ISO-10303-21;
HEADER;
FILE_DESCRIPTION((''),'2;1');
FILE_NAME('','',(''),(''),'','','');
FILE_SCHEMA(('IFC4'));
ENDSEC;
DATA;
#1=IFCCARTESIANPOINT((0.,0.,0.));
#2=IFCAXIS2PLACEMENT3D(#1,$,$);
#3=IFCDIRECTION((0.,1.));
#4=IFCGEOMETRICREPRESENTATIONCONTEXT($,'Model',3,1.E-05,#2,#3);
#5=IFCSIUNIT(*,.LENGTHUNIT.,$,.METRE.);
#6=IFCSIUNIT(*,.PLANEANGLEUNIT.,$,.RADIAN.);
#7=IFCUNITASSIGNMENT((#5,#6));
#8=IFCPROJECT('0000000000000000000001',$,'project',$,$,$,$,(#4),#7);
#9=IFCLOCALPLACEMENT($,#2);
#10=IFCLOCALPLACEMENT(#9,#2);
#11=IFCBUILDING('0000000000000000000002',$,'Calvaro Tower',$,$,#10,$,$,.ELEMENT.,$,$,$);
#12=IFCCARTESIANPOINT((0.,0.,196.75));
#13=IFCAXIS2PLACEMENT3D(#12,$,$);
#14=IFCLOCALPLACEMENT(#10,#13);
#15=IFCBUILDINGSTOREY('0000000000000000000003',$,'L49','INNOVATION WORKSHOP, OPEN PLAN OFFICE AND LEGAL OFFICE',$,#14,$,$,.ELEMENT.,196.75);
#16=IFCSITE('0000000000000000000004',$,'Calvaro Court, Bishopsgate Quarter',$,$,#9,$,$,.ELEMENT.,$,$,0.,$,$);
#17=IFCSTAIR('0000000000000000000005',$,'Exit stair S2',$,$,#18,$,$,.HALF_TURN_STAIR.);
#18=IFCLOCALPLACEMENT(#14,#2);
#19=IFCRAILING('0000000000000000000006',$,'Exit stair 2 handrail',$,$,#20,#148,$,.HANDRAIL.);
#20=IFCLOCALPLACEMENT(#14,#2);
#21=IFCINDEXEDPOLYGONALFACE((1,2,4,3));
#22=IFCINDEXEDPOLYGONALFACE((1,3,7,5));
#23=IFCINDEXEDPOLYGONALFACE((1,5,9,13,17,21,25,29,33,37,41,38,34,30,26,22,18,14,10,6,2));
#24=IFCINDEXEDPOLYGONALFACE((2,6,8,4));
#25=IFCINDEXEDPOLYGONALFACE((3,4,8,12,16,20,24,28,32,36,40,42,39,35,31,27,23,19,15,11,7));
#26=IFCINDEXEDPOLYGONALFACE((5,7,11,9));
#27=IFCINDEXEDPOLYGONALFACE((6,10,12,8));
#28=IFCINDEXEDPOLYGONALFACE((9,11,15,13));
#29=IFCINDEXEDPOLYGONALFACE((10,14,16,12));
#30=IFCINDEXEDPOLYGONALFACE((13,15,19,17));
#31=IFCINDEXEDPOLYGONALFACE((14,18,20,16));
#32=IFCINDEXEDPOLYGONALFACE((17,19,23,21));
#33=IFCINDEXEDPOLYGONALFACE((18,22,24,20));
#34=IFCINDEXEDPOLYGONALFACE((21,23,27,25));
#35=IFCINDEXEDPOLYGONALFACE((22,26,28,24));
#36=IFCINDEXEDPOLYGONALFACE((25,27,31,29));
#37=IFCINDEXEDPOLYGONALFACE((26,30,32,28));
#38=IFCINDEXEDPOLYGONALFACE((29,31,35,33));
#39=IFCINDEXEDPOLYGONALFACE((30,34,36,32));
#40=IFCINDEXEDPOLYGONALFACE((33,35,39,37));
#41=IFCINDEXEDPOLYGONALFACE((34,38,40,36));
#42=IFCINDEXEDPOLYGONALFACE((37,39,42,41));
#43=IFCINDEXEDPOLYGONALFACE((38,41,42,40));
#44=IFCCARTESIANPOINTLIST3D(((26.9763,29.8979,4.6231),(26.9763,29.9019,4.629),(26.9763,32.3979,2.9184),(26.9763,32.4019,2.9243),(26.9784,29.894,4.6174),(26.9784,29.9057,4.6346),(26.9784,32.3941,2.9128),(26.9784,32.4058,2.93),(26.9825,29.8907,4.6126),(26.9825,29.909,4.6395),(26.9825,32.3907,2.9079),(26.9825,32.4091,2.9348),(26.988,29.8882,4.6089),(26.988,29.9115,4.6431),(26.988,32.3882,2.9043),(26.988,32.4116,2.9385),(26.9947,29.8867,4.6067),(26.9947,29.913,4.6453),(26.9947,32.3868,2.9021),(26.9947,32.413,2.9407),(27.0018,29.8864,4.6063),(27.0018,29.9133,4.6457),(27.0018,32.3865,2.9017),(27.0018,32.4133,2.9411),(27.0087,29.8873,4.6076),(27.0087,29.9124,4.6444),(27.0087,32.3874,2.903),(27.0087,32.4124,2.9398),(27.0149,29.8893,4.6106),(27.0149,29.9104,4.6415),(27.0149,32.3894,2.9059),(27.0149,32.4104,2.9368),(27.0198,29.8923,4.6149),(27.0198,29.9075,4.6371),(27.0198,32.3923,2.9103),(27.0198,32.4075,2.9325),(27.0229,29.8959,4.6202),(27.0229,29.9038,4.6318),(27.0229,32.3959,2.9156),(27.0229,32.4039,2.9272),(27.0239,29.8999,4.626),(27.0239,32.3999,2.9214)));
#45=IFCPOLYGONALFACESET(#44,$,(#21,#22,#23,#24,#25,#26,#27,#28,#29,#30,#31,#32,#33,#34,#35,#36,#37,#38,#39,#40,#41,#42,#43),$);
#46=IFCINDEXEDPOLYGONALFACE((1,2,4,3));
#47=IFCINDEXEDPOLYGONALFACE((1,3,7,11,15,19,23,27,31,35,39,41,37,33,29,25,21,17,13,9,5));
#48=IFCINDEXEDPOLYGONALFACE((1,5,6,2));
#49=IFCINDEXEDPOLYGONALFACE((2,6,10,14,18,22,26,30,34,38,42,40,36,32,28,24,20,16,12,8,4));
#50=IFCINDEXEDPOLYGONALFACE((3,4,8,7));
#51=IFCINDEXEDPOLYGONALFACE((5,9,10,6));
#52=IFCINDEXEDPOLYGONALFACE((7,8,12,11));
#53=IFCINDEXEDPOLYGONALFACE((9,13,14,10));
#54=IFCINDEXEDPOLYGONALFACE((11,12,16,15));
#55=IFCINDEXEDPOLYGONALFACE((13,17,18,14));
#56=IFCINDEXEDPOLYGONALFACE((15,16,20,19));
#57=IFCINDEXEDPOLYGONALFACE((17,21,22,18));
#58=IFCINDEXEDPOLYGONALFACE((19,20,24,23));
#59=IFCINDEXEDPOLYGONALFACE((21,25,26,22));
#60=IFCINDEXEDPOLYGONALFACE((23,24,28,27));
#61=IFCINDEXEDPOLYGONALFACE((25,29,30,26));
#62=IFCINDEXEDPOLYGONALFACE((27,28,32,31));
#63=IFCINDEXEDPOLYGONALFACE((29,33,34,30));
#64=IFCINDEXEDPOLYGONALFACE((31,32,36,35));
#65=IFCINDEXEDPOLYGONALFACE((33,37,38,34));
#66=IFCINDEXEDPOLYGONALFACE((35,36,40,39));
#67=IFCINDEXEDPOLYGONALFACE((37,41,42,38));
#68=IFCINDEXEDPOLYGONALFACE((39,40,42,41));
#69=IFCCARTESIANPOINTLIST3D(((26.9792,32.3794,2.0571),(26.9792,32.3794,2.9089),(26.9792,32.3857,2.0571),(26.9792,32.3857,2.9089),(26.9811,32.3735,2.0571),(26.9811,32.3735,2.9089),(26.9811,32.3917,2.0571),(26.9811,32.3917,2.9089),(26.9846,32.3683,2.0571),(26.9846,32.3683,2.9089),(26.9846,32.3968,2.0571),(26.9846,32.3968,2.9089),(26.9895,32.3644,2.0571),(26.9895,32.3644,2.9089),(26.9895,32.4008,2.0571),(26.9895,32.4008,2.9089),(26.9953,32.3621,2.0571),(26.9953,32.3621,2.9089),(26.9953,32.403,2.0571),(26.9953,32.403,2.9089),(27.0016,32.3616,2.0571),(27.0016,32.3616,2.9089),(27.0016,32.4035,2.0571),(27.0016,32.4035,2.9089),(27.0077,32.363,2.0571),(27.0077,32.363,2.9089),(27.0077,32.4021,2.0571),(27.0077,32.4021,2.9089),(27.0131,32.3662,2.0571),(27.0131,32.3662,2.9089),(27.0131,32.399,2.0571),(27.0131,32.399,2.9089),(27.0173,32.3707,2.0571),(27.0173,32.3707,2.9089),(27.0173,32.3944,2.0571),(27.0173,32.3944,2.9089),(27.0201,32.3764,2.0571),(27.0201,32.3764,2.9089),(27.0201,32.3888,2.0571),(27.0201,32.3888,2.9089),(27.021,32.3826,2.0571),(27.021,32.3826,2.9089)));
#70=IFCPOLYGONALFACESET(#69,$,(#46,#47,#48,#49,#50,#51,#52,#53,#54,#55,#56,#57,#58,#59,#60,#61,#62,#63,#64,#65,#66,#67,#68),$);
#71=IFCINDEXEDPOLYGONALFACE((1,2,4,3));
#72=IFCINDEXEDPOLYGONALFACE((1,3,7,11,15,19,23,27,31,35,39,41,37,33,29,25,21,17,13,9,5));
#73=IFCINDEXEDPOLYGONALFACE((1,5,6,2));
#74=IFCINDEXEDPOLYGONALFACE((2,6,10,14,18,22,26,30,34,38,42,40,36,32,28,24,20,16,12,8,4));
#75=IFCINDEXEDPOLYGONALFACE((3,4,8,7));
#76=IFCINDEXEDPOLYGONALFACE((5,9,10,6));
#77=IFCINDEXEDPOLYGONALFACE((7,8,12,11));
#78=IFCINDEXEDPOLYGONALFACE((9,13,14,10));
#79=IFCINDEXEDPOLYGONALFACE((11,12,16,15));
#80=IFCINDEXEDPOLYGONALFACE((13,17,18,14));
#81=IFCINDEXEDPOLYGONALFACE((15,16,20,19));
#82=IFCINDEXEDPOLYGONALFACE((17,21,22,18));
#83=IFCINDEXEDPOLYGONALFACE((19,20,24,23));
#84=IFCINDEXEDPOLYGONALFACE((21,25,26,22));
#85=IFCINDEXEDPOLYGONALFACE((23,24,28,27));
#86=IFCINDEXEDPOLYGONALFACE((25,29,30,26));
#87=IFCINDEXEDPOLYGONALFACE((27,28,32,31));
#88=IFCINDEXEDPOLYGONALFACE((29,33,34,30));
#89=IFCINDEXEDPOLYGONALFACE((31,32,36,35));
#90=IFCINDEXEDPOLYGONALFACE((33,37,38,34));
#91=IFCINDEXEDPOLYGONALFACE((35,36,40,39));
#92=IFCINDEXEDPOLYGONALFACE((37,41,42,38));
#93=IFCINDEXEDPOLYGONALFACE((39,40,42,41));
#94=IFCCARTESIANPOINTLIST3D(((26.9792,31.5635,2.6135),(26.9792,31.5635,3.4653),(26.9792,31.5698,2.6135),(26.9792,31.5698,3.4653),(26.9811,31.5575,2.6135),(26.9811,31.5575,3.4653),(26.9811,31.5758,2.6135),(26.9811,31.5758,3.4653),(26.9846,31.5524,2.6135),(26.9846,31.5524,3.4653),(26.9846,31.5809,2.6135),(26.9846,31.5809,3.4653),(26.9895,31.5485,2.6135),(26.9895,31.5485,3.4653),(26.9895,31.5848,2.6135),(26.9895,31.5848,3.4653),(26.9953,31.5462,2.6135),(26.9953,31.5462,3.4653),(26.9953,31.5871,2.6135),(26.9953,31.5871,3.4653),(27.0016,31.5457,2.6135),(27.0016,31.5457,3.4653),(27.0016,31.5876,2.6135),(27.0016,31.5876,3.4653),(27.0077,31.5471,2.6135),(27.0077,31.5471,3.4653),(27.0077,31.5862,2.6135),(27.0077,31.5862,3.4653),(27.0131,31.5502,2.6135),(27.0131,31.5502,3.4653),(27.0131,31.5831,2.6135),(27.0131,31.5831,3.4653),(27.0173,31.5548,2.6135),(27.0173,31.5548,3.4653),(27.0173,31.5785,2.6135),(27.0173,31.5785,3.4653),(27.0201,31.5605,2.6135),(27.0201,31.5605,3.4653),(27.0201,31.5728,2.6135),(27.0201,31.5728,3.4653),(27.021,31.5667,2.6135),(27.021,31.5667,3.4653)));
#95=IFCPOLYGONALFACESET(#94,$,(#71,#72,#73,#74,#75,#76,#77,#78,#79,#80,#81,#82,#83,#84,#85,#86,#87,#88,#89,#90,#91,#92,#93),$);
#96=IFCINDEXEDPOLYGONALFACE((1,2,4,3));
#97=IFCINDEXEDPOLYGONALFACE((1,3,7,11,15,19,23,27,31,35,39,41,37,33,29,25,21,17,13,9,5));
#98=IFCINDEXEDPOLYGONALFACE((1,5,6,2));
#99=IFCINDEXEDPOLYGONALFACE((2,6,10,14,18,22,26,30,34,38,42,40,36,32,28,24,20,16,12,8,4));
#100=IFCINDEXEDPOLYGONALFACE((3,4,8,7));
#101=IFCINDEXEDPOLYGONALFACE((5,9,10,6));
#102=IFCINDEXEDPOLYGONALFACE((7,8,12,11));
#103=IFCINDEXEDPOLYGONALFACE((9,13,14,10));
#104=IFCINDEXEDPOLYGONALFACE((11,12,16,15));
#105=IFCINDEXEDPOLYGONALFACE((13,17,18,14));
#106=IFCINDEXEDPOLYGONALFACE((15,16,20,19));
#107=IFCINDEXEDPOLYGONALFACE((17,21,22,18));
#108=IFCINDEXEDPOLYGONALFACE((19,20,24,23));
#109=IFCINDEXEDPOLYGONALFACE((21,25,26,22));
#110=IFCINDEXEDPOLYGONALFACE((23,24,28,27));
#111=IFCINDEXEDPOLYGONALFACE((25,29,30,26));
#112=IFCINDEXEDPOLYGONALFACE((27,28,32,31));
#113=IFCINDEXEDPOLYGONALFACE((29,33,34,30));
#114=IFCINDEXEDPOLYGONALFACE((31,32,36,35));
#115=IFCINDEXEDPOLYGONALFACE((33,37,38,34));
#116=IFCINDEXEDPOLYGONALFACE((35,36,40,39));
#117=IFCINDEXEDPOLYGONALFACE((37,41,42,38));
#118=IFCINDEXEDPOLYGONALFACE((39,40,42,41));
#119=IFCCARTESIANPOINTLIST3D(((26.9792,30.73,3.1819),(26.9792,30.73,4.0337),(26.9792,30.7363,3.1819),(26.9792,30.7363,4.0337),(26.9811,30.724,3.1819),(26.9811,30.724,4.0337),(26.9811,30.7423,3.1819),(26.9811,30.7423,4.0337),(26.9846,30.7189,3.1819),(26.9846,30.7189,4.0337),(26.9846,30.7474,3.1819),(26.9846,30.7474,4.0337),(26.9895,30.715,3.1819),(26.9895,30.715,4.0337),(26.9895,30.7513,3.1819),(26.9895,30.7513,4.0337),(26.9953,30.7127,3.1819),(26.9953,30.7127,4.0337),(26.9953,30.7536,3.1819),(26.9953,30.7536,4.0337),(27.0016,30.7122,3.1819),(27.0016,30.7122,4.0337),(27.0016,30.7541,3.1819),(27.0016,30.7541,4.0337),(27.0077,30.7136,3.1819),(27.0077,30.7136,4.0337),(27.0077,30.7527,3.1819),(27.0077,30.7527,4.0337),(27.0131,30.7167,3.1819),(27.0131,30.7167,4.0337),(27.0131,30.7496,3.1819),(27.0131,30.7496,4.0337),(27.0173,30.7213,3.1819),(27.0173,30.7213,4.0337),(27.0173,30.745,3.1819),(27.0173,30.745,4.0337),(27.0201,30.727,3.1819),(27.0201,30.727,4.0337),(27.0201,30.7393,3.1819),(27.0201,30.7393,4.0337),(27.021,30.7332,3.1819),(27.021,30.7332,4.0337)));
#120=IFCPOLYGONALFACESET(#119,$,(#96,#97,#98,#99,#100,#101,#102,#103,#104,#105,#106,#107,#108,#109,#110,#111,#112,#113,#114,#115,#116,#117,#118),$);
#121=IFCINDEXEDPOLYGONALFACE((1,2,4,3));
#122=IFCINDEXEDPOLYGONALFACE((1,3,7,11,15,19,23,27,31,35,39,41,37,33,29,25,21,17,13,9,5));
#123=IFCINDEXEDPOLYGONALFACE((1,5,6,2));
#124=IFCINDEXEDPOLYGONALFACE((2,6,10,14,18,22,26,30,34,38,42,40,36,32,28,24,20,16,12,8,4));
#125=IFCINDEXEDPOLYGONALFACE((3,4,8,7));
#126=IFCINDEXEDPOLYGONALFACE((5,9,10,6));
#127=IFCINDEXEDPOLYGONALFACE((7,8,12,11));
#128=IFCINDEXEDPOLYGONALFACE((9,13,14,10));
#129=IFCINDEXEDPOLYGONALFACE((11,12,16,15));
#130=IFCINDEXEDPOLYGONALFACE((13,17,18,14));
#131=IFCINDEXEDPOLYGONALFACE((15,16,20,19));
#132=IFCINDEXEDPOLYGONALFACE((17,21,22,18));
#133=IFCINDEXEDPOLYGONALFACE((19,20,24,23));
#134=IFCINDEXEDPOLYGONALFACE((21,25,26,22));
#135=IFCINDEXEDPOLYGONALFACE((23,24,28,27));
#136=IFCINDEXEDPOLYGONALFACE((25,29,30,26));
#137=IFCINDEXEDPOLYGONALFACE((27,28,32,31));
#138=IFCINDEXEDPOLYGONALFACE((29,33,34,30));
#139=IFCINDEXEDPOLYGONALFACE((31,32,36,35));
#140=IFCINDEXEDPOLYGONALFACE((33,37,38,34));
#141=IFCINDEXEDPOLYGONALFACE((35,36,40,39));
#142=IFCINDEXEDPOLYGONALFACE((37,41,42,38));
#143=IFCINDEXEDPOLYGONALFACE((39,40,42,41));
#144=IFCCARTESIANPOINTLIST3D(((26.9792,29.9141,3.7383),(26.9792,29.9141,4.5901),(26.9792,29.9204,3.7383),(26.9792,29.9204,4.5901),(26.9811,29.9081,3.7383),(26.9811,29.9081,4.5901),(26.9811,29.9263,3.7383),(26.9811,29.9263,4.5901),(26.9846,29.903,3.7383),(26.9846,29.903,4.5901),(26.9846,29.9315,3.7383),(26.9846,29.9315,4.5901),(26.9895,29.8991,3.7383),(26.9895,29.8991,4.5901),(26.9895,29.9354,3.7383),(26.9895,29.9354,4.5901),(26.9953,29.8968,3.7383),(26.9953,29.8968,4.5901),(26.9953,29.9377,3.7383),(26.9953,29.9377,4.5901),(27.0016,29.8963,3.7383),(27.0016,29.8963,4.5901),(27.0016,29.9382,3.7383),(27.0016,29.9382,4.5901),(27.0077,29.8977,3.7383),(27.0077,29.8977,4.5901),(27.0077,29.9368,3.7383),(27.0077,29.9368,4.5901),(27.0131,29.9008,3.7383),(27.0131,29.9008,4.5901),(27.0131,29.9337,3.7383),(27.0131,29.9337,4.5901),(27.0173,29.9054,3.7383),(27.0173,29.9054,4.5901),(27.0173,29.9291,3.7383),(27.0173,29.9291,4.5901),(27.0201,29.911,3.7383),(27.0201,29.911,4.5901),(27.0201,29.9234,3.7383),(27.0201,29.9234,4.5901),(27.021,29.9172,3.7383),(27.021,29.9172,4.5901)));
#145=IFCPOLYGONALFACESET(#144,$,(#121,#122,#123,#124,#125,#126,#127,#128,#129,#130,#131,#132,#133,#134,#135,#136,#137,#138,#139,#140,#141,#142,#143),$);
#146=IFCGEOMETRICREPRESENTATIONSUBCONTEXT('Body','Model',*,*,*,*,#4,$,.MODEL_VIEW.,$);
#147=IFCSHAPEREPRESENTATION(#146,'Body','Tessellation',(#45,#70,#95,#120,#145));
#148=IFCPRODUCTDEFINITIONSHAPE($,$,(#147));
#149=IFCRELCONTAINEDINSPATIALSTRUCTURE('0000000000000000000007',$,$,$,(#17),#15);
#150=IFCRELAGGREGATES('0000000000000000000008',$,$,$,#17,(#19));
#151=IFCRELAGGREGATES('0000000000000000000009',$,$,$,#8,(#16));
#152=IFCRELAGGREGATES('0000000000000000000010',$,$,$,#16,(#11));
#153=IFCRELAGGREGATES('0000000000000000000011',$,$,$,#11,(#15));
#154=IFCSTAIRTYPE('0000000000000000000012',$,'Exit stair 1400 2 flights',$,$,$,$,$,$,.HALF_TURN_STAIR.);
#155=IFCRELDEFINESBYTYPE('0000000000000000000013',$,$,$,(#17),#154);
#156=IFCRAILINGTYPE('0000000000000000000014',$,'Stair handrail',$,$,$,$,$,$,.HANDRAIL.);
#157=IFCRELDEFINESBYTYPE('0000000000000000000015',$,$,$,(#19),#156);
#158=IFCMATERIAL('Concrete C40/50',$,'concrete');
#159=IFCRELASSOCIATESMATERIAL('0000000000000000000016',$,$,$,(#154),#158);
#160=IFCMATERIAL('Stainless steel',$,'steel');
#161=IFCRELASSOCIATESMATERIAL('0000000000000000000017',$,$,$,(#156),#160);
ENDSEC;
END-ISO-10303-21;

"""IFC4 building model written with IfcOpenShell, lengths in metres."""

from ifc_helpers import new_model, si_unit, direction, frame, origin, origin_2d, place, context, subcontext, project, spatial, circle, extrude, material, type_object, element, aggregate, save


model = new_model("IFC4")

# Units and contexts
model_context = context("Model", 3, precision=1e-05, world=origin(), true_north=direction((0.0, 1.0)))
body_context = subcontext(model_context, "Body", "Model", "MODEL_VIEW")
ifc_project = project(units=[si_unit("LENGTHUNIT", "METRE"), si_unit("PLANEANGLEUNIT", "RADIAN")], contexts=[model_context])

# Site, building, storey
site_placement = place(None, origin())
site = spatial("IfcSite", under=ifc_project, at=site_placement, Name="Calvaro Court, Bishopsgate Quarter", CompositionType="ELEMENT", RefElevation=0.0)
building_placement = place(site_placement, origin())
building = spatial("IfcBuilding", under=site, at=building_placement, Name="Calvaro Tower", CompositionType="ELEMENT")
storey_placement = place(building_placement, frame((0.0, 0.0, 196.75)))
storey = spatial("IfcBuildingStorey", under=building, at=storey_placement, Name="L49", Description="INNOVATION WORKSHOP, OPEN PLAN OFFICE AND LEGAL OFFICE", CompositionType="ELEMENT", Elevation=196.75)

# Stair, railing
ifc_material_1 = material(Name="Concrete C40/50", Category="concrete")
stair_type = type_object("IfcStairType", Name="Exit stair 1400 2 flights", PredefinedType="HALF_TURN_STAIR", material=ifc_material_1)
stair_placement = place(storey_placement, origin())
stair = element("IfcStair", 1, at=stair_placement, inside=storey, type_object=stair_type, Name="Exit stair S2", PredefinedType="HALF_TURN_STAIR")
ifc_material_2 = material(Name="Stainless steel", Category="steel")
railing_type = type_object("IfcRailingType", Name="Stair handrail", PredefinedType="HANDRAIL", material=ifc_material_2)
railing_1_placement = place(storey_placement, frame((27.0, 32.3999, 2.0454)))
railing_1 = element("IfcRailing", 2, at=railing_1_placement, type_object=railing_type, Name="Exit stair 2 handrail", PredefinedType="HANDRAIL", context=body_context, shape_type="SweptSolid", body=[
    extrude(circle(Radius=0.0239, at=origin_2d()), frame((0.0, 0.0, 0.876), z_axis=(0.0, -0.826221, 0.563347), x_axis=(1.0, 0.0, 0.0)), (0.0, 0.0, 1.0), 3.0259),
    extrude(circle(Radius=0.021, at=origin_2d()), frame((0.0, -0.0173, 0.0117)), (0.0, 0.0, 1.0), 0.8518),
    extrude(circle(Radius=0.021, at=origin_2d()), frame((0.0, -0.8333, 0.5681)), (0.0, 0.0, 1.0), 0.8518),
    extrude(circle(Radius=0.021, at=origin_2d()), frame((0.0, -1.6667, 1.1365)), (0.0, 0.0, 1.0), 0.8518),
    extrude(circle(Radius=0.021, at=origin_2d()), frame((0.0, -2.4827, 1.6929)), (0.0, 0.0, 1.0), 0.8518),
])
aggregate(stair, [railing_1])

save(model, "model.ifc")
